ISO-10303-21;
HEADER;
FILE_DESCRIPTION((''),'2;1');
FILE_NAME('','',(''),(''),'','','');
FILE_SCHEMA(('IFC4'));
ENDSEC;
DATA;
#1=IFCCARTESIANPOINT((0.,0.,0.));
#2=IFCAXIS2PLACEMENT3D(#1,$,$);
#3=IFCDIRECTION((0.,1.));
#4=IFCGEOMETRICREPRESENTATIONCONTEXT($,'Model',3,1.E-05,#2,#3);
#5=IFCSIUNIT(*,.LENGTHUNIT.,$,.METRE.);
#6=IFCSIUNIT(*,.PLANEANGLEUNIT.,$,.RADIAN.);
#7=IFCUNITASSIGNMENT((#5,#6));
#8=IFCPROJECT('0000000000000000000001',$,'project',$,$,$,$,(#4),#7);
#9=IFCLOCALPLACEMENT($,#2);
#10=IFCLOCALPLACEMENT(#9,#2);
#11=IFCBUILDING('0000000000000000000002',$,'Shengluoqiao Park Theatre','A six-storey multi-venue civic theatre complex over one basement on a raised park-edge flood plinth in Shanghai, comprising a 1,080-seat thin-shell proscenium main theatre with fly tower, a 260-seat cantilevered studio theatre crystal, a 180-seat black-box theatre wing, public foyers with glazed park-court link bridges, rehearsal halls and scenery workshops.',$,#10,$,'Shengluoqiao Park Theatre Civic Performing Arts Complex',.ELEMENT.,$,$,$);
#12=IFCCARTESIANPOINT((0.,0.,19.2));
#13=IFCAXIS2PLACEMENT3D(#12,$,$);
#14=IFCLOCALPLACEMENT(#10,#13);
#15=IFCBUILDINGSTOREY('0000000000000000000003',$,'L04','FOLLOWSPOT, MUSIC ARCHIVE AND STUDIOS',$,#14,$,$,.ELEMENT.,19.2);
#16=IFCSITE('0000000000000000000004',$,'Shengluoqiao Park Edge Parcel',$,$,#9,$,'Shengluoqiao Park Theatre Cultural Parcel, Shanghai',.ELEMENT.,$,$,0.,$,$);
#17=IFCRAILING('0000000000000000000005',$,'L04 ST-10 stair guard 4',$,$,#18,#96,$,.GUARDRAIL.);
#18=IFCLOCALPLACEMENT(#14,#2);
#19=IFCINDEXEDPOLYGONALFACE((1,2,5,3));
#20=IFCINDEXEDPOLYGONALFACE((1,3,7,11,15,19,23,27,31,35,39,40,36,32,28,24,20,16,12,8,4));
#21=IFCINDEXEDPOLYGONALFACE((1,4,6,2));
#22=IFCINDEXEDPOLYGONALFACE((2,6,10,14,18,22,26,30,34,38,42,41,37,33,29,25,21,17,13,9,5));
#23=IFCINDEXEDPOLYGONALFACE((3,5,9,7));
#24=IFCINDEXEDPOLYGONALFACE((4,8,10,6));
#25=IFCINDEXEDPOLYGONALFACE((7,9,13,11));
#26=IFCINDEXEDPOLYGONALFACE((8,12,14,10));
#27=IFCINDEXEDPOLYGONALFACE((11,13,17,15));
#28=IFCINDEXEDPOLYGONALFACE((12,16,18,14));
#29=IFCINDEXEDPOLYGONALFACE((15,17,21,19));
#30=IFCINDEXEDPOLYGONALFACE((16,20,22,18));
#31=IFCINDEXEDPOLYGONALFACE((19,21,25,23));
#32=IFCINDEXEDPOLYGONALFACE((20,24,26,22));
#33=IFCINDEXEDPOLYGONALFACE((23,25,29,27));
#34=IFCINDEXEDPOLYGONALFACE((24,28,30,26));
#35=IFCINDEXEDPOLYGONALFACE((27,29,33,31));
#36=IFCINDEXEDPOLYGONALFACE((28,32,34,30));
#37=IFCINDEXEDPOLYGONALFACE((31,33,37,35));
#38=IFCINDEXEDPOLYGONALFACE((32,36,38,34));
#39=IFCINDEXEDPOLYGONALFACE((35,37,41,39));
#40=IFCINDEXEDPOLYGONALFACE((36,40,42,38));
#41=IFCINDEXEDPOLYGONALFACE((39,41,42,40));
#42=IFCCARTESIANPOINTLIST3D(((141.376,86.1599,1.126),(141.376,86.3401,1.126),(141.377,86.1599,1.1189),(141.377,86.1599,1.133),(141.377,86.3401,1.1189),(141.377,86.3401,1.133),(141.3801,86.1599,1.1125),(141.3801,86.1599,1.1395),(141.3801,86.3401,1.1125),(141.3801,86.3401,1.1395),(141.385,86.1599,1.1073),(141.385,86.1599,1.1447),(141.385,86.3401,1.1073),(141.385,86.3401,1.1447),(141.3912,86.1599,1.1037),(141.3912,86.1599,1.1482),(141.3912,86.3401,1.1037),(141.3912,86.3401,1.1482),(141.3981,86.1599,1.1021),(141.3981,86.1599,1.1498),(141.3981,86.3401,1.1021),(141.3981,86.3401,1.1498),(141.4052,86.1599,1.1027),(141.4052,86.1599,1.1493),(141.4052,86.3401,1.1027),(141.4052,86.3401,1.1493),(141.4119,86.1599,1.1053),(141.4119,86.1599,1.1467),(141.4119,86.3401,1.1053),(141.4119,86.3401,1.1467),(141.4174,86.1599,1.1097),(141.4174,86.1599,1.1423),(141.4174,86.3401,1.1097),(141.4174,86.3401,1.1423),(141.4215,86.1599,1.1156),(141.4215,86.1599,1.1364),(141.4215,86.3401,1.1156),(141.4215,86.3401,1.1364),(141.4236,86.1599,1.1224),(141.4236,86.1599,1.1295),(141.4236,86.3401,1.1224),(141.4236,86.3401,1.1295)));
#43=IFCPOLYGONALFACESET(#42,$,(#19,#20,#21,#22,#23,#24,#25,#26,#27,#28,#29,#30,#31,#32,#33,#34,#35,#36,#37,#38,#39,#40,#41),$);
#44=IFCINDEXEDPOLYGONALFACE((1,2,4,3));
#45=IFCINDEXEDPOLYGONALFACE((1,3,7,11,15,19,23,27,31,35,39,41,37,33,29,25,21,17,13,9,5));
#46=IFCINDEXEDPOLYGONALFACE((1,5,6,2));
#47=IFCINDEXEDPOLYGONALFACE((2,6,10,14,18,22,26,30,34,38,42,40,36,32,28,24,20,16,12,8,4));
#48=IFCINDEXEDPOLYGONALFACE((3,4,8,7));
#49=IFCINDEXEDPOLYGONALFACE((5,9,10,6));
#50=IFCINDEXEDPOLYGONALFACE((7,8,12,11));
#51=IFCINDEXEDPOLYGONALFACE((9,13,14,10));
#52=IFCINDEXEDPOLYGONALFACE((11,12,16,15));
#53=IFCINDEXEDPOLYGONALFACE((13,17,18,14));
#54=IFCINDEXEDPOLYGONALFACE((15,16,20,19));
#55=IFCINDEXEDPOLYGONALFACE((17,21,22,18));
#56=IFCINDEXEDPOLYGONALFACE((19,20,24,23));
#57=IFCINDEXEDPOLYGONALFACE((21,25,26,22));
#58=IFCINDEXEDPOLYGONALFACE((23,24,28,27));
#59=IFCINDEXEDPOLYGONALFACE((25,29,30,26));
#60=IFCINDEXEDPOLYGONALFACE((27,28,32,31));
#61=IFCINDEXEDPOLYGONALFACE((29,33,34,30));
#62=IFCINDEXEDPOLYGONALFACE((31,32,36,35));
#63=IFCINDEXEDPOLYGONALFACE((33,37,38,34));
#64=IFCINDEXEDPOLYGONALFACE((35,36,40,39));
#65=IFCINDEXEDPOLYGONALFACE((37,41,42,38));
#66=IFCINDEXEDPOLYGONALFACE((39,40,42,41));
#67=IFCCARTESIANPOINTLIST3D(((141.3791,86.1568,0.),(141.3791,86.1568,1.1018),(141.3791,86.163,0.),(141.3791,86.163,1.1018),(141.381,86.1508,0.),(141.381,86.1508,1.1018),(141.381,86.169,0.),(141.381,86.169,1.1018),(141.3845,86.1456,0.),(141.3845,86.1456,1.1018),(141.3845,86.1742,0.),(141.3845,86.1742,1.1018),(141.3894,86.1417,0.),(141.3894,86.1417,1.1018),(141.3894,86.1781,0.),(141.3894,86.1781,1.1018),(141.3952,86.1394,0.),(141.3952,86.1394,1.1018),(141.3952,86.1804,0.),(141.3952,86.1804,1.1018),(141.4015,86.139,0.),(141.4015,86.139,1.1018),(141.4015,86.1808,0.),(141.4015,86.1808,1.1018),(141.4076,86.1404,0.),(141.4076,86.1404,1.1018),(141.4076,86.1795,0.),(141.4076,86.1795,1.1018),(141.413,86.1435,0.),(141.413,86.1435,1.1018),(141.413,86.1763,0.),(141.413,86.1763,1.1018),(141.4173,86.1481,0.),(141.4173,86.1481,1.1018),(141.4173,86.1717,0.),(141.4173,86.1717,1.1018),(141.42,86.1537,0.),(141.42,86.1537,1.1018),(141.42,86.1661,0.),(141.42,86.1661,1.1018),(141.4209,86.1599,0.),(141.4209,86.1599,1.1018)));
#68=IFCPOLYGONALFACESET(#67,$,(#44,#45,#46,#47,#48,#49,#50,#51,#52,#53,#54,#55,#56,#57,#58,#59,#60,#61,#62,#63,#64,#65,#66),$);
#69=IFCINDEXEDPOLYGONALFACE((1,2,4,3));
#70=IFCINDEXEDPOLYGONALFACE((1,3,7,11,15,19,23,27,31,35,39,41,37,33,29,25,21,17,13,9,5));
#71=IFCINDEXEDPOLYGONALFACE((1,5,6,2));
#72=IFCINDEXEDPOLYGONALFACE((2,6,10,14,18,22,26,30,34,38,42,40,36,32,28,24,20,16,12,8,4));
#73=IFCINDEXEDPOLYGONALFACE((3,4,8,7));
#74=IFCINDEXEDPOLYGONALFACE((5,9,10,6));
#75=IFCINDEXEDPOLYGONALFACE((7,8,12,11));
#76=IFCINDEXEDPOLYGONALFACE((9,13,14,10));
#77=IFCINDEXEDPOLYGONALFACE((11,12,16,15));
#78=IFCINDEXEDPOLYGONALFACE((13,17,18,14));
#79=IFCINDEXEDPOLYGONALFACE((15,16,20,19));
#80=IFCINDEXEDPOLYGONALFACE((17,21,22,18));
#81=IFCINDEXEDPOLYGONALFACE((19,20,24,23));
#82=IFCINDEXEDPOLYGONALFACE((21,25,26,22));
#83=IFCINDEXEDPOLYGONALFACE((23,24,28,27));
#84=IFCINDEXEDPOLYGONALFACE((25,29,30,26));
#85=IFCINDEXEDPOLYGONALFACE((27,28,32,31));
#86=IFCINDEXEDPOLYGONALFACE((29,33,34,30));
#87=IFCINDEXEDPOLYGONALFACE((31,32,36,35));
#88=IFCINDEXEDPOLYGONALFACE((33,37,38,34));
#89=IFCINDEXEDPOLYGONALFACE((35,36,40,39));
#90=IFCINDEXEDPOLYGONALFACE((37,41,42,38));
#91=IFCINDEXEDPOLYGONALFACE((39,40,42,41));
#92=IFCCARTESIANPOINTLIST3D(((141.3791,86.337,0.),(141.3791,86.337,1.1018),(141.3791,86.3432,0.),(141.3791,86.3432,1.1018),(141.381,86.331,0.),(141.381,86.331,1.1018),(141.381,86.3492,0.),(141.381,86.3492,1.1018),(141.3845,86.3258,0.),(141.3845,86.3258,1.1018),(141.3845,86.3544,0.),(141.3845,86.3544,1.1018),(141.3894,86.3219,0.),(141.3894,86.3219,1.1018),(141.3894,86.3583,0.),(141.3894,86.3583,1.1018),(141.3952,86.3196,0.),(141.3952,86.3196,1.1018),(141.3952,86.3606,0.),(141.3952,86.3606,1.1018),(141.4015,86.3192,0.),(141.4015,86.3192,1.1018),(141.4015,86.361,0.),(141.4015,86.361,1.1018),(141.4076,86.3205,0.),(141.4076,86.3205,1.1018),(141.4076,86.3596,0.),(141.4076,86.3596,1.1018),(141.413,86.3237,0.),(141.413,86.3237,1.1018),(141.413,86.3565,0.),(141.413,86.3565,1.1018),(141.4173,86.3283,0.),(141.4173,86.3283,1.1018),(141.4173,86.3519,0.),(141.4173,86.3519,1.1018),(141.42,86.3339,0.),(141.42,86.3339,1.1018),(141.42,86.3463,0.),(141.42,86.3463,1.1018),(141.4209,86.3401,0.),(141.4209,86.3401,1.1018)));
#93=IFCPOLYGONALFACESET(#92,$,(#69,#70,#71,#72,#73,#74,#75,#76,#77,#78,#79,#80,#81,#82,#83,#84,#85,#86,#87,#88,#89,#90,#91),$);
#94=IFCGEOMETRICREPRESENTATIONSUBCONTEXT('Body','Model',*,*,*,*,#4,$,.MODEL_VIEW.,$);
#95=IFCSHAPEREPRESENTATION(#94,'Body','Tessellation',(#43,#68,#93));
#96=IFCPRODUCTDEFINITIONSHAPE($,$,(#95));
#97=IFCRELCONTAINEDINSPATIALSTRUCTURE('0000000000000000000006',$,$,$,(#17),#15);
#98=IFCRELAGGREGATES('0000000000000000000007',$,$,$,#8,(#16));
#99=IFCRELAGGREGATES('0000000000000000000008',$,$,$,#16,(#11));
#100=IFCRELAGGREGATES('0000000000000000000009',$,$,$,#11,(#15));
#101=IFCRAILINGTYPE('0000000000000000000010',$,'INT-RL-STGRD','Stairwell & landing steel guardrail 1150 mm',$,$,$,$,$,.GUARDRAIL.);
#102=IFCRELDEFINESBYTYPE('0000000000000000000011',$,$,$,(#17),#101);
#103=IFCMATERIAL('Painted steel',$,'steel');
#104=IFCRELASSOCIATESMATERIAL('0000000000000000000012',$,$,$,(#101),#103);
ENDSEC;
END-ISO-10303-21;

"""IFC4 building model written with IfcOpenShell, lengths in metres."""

from ifc_helpers import new_model, si_unit, direction, frame, origin, origin_2d, place, context, subcontext, project, spatial, circle, extrude, material, type_object, element, save


model = new_model("IFC4")

# Units and contexts
model_context = context("Model", 3, precision=1e-05, world=origin(), true_north=direction((0.0, 1.0)))
body_context = subcontext(model_context, "Body", "Model", "MODEL_VIEW")
ifc_project = project(units=[si_unit("LENGTHUNIT", "METRE"), si_unit("PLANEANGLEUNIT", "RADIAN")], contexts=[model_context])

# Site, building, storey
site_placement = place(None, origin())
site = spatial("IfcSite", under=ifc_project, at=site_placement, Name="Shengluoqiao Park Edge Parcel", LongName="Shengluoqiao Park Theatre Cultural Parcel, Shanghai", CompositionType="ELEMENT", RefElevation=0.0)
building_placement = place(site_placement, origin())
building = spatial("IfcBuilding", under=site, at=building_placement, Name="Shengluoqiao Park Theatre", Description="A six-storey multi-venue civic theatre complex over one basement on a raised park-edge flood plinth in Shanghai, comprising a 1,080-seat thin-shell proscenium main theatre with fly tower, a 260-seat cantilevered studio theatre crystal, a 180-seat black-box theatre wing, public foyers with glazed park-court link bridges, rehearsal halls and scenery workshops.", LongName="Shengluoqiao Park Theatre Civic Performing Arts Complex", CompositionType="ELEMENT")
storey_placement = place(building_placement, frame((0.0, 0.0, 19.2)))
storey = spatial("IfcBuildingStorey", under=building, at=storey_placement, Name="L04", Description="FOLLOWSPOT, MUSIC ARCHIVE AND STUDIOS", CompositionType="ELEMENT", Elevation=19.2)

# Railing
ifc_material_1 = material(Name="Painted steel", Category="steel")
railing_type_1 = type_object("IfcRailingType", Name="INT-RL-STGRD", Description="Stairwell & landing steel guardrail 1150 mm", PredefinedType="GUARDRAIL", material=ifc_material_1)
railing_1_placement = place(storey_placement, frame((141.3999, 86.1599, 0.0)))
element("IfcRailing", 1, at=railing_1_placement, inside=storey, type_object=railing_type_1, Name="L04 ST-10 stair guard 4", PredefinedType="GUARDRAIL", context=body_context, shape_type="SweptSolid", body=[
    extrude(circle(Radius=0.0239, at=origin_2d()), frame((0.0, 0.0, 1.126), z_axis=(0.0, 1.0, 0.0), x_axis=(-1.0, 0.0, 0.0)), (0.0, 0.0, 1.0), 0.1802),
    extrude(circle(Radius=0.021, at=origin_2d()), origin(), (0.0, 0.0, 1.0), 1.1018),
    extrude(circle(Radius=0.021, at=origin_2d()), frame((0.0, 0.1802, 0.0)), (0.0, 0.0, 1.0), 1.1018),
])

save(model, "model.ifc")
